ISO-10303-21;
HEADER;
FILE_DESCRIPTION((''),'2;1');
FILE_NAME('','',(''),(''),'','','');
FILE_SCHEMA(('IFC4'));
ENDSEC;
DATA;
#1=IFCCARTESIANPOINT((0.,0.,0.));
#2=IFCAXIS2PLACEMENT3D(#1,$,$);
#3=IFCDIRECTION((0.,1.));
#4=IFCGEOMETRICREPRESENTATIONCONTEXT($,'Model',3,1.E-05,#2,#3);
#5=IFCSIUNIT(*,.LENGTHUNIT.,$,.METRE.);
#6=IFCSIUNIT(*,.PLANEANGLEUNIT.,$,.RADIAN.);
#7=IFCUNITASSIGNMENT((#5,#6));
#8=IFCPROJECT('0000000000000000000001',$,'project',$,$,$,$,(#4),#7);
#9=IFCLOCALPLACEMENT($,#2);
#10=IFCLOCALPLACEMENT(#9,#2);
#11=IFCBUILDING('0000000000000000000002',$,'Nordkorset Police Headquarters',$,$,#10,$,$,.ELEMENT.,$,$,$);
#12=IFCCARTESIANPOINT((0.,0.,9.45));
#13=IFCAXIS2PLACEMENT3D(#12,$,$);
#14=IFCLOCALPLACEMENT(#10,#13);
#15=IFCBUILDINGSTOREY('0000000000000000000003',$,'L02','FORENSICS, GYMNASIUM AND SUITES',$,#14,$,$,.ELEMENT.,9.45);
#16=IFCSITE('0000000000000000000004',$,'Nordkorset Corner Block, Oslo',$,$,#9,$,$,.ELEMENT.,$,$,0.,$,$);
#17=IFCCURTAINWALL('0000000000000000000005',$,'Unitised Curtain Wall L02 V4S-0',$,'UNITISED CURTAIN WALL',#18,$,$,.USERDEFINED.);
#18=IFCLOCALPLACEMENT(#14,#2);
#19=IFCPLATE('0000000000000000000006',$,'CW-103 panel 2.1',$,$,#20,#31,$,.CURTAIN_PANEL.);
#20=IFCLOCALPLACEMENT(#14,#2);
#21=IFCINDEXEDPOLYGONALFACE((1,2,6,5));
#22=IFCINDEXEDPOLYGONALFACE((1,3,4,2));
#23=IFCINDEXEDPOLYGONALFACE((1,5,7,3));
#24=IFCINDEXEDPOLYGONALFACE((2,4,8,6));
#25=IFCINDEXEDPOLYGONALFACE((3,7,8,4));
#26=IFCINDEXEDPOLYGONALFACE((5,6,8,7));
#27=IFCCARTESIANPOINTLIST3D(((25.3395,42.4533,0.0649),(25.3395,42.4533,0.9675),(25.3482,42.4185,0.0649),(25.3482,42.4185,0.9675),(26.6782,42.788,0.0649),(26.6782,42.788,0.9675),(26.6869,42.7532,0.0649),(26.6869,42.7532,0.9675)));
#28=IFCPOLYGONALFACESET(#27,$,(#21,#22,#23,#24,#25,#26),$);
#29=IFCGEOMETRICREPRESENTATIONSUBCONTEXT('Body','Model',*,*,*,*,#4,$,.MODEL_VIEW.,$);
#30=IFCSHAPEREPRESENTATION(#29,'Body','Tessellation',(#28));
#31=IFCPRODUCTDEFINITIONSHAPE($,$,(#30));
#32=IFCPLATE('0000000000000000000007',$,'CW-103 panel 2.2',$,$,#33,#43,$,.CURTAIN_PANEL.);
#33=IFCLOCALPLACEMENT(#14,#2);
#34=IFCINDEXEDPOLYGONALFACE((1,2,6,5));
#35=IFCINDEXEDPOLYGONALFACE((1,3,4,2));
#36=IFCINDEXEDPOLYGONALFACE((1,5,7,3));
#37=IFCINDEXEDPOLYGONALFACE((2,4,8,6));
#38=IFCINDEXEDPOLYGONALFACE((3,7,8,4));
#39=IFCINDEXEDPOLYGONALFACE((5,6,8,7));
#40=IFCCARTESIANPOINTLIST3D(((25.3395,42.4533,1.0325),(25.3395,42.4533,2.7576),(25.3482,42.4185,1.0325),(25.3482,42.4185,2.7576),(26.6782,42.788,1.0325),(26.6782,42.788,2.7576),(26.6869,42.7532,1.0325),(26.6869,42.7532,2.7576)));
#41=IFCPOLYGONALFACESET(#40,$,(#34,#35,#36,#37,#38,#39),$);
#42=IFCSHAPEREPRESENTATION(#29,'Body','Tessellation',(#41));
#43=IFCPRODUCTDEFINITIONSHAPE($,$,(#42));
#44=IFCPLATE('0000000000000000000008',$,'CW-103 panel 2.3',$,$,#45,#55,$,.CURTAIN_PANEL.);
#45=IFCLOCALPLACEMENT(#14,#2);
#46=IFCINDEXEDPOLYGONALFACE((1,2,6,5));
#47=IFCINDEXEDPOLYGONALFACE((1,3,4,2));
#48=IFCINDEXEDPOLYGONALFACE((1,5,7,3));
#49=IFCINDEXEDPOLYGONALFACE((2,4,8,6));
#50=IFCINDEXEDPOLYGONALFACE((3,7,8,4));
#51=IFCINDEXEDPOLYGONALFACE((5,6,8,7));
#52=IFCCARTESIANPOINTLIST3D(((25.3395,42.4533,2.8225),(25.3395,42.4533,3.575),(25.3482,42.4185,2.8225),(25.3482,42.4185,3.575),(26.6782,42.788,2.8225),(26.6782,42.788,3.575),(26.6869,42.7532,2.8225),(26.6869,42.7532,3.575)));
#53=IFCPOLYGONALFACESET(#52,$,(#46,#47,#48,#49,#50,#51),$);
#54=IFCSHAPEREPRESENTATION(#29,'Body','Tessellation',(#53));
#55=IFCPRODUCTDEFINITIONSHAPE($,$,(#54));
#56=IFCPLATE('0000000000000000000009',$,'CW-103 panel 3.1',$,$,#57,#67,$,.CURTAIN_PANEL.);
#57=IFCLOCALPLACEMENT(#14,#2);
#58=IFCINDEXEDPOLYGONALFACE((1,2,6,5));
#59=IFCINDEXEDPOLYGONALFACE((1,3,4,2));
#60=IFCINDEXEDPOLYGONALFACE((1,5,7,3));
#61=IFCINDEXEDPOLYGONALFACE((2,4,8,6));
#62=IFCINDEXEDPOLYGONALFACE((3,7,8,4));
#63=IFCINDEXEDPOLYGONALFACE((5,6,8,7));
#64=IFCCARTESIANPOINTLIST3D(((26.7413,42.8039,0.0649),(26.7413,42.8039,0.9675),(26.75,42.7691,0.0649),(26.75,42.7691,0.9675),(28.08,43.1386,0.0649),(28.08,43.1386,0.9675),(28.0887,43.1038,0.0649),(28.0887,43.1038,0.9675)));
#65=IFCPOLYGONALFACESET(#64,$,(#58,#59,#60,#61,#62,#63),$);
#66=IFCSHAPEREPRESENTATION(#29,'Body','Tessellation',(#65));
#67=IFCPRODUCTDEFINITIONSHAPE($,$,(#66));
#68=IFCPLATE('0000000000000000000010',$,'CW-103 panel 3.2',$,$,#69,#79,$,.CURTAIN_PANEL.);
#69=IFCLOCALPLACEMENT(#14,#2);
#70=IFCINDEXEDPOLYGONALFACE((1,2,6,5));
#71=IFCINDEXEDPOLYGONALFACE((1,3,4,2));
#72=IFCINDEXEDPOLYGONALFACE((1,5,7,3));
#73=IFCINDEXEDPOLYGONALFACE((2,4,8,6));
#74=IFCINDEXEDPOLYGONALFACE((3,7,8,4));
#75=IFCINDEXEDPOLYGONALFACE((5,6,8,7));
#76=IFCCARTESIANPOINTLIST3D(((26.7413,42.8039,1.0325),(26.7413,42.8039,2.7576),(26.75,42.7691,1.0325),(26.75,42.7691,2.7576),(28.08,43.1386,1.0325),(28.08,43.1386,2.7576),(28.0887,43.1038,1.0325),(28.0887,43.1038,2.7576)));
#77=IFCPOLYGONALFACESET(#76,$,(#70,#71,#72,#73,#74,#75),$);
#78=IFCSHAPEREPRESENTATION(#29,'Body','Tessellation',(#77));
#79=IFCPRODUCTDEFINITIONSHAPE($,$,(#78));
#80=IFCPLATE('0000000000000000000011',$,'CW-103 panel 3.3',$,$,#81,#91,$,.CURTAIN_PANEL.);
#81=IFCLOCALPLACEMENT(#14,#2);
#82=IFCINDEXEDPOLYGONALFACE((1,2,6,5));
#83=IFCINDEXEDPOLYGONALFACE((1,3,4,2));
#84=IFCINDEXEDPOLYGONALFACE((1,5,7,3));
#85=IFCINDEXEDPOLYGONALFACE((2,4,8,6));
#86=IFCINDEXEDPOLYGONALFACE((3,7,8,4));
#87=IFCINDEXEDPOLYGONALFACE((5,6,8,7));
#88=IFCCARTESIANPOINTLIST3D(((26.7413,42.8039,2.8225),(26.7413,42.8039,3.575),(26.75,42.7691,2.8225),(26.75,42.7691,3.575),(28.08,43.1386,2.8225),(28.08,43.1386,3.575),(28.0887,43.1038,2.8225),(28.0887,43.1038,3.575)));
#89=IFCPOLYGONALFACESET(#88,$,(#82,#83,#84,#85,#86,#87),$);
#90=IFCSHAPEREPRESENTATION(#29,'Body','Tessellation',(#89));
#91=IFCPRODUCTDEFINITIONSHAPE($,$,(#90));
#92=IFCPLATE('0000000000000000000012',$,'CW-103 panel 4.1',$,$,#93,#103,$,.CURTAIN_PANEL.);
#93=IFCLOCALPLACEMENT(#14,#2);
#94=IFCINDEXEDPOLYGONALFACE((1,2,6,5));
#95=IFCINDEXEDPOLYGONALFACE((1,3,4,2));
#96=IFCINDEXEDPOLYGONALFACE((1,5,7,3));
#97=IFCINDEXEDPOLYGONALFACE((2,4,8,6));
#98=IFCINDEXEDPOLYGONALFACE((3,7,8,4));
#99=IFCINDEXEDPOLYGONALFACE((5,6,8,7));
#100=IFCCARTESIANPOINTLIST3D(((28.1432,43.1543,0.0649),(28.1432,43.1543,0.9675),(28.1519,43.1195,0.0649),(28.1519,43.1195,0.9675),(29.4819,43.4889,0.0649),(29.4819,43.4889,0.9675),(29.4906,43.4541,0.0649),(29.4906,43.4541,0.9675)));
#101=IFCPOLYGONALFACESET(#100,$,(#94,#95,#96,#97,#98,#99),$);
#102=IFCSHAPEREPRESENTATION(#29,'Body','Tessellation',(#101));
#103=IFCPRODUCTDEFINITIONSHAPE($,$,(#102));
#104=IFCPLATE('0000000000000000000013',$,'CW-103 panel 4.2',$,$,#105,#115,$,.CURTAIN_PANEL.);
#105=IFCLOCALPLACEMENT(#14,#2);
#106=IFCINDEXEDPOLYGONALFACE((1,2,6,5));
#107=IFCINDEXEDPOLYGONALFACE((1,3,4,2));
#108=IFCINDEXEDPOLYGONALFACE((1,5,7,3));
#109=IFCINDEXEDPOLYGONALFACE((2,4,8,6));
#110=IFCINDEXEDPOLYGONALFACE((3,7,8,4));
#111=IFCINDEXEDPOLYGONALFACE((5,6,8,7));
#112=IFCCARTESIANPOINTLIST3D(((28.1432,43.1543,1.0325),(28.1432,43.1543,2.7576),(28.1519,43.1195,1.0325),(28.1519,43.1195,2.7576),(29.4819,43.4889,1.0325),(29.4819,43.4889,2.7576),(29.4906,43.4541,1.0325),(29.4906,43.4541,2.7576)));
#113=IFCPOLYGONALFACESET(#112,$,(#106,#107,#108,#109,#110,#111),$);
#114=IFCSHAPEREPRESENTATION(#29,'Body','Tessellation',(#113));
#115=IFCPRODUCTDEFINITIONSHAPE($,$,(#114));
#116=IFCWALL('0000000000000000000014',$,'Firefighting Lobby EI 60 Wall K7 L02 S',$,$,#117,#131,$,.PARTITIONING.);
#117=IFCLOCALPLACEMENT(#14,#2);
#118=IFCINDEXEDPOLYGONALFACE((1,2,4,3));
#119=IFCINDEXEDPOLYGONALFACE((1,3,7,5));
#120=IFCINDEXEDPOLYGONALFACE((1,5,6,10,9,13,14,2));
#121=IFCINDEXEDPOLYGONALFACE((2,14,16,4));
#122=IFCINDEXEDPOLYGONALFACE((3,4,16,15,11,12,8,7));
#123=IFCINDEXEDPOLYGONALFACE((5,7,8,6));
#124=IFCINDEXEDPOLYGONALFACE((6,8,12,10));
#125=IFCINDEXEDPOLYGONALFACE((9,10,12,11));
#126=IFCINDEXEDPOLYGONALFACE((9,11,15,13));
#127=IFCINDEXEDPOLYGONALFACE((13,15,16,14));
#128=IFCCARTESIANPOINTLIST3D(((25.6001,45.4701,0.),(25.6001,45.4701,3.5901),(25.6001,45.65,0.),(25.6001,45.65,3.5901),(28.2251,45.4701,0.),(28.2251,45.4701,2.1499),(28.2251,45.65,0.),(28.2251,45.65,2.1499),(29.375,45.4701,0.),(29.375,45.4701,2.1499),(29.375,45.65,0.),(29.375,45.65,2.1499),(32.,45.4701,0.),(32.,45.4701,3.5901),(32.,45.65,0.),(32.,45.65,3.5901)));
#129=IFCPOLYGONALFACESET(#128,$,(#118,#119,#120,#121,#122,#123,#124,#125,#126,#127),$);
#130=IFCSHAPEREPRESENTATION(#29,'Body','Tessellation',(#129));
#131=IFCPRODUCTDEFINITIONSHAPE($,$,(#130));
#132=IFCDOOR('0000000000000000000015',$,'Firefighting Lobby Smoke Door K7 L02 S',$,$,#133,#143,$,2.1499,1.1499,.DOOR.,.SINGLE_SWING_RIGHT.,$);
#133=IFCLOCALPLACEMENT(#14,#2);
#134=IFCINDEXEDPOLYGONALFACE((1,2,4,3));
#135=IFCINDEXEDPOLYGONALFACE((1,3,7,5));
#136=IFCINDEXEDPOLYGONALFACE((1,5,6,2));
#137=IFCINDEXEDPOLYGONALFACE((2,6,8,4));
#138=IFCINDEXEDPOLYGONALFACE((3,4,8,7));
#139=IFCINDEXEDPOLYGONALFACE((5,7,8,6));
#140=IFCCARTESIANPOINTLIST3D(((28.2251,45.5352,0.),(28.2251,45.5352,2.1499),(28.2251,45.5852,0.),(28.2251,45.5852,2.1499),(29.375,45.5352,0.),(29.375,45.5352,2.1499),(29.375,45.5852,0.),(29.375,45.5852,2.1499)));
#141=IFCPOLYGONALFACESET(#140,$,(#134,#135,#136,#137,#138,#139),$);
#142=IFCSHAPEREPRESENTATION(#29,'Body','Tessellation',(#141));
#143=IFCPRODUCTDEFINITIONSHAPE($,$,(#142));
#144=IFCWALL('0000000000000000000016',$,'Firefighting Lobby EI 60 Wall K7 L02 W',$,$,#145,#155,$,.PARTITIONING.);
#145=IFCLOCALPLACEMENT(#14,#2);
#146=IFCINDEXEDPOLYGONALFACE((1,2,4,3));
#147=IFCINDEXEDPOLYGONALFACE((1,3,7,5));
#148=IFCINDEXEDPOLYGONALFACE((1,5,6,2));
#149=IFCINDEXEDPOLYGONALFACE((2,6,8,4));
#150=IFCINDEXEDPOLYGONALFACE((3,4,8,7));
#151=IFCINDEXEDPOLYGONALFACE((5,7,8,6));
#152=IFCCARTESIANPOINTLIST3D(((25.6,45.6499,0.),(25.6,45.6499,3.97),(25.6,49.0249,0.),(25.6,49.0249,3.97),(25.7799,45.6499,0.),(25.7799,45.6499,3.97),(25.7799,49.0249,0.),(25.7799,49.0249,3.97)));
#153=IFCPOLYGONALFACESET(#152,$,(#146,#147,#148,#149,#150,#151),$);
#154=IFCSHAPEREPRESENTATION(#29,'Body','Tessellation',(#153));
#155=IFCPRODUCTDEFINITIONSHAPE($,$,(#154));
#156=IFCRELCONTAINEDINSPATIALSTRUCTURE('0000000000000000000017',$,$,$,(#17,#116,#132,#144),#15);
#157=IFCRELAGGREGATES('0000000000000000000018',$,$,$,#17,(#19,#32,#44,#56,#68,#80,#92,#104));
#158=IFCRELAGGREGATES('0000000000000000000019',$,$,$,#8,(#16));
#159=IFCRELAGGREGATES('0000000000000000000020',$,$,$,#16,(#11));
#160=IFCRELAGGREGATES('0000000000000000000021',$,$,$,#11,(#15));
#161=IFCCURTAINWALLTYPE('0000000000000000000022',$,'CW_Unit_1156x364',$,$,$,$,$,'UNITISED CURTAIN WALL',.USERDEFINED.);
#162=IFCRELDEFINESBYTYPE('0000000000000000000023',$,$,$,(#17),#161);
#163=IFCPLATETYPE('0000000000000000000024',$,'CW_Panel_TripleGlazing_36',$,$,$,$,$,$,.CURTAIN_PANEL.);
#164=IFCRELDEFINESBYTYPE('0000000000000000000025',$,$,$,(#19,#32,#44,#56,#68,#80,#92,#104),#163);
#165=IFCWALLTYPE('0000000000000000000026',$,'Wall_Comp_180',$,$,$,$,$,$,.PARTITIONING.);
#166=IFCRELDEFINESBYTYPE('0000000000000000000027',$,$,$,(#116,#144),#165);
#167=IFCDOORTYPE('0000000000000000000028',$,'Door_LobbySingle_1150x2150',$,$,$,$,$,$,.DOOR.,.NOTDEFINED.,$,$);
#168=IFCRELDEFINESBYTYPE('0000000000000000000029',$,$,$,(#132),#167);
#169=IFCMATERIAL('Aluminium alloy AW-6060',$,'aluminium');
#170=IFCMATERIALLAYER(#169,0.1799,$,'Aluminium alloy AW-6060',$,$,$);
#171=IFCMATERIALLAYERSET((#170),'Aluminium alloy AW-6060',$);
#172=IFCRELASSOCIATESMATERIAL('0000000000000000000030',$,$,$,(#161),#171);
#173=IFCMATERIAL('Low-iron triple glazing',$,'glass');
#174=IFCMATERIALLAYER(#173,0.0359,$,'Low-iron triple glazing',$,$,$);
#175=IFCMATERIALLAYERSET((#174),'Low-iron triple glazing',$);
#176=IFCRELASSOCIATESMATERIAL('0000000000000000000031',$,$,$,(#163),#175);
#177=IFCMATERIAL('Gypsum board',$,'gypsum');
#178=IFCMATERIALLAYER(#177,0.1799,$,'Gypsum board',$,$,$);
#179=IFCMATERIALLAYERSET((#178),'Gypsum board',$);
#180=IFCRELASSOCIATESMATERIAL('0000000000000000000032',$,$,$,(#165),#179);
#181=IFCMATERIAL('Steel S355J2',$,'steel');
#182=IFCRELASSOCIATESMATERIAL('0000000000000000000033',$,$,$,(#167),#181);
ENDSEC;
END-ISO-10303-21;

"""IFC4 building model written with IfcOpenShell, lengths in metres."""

from ifc_helpers import new_model, si_unit, direction, frame, frame_2d, origin, origin_2d, place, context, subcontext, project, spatial, rectangle, extrude, material, layer, layer_set, type_object, element, fill, aggregate, save


model = new_model("IFC4")

# Units and contexts
model_context = context("Model", 3, precision=1e-05, world=origin(), true_north=direction((0.0, 1.0)))
body_context = subcontext(model_context, "Body", "Model", "MODEL_VIEW")
ifc_project = project(units=[si_unit("LENGTHUNIT", "METRE"), si_unit("PLANEANGLEUNIT", "RADIAN")], contexts=[model_context])

# Site, building, storey
site_placement = place(None, origin())
site = spatial("IfcSite", under=ifc_project, at=site_placement, Name="Nordkorset Corner Block, Oslo", CompositionType="ELEMENT", RefElevation=0.0)
building_placement = place(site_placement, origin())
building = spatial("IfcBuilding", under=site, at=building_placement, Name="Nordkorset Police Headquarters", CompositionType="ELEMENT")
storey_placement = place(building_placement, frame((0.0, 0.0, 9.45)))
storey = spatial("IfcBuildingStorey", under=building, at=storey_placement, Name="L02", Description="FORENSICS, GYMNASIUM AND SUITES", CompositionType="ELEMENT", Elevation=9.45)

# Curtain wall, plates
ifc_material_1 = material(Name="Aluminium alloy AW-6060", Category="aluminium")
ifc_layer_1 = layer(ifc_material_1, 0.1799, Name="Aluminium alloy AW-6060")
ifc_layer_set_1 = layer_set([ifc_layer_1], Name="Aluminium alloy AW-6060")
curtain_wall_type = type_object("IfcCurtainWallType", Name="CW_Unit_1156x364", ElementType="UNITISED CURTAIN WALL", PredefinedType="USERDEFINED", material=ifc_layer_set_1)
curtain_wall_placement = place(storey_placement, origin())
curtain_wall = element("IfcCurtainWall", 1, at=curtain_wall_placement, inside=storey, type_object=curtain_wall_type, Name="Unitised Curtain Wall L02 V4S-0", ObjectType="UNITISED CURTAIN WALL", PredefinedType="USERDEFINED")
ifc_material_2 = material(Name="Low-iron triple glazing", Category="glass")
ifc_layer_2 = layer(ifc_material_2, 0.0359, Name="Low-iron triple glazing")
ifc_layer_set_2 = layer_set([ifc_layer_2], Name="Low-iron triple glazing")
plate_type = type_object("IfcPlateType", Name="CW_Panel_TripleGlazing_36", PredefinedType="CURTAIN_PANEL", material=ifc_layer_set_2)
plate_1_placement = place(storey_placement, frame((26.0132, 42.6033, 0.0649), z_axis=(0.0, 0.0, 1.0), x_axis=(0.970143, 0.242536, 0.0)))
plate_1 = element("IfcPlate", 2, at=plate_1_placement, type_object=plate_type, Name="CW-103 panel 2.1", PredefinedType="CURTAIN_PANEL", context=body_context, shape_type="SweptSolid", body=[
    extrude(rectangle(XDim=1.3799, YDim=0.0359, at=origin_2d()), origin(), (0.0, 0.0, 1.0), 0.9026),
])
plate_2_placement = place(storey_placement, frame((26.0132, 42.6033, 1.0325), z_axis=(0.0, 0.0, 1.0), x_axis=(0.970143, 0.242536, 0.0)))
plate_2 = element("IfcPlate", 3, at=plate_2_placement, type_object=plate_type, Name="CW-103 panel 2.2", PredefinedType="CURTAIN_PANEL", context=body_context, shape_type="SweptSolid", body=[
    extrude(rectangle(XDim=1.3799, YDim=0.0359, at=origin_2d()), origin(), (0.0, 0.0, 1.0), 1.7251),
])
plate_3_placement = place(storey_placement, frame((26.0132, 42.6033, 2.8225), z_axis=(0.0, 0.0, 1.0), x_axis=(0.970143, 0.242536, 0.0)))
plate_3 = element("IfcPlate", 4, at=plate_3_placement, type_object=plate_type, Name="CW-103 panel 2.3", PredefinedType="CURTAIN_PANEL", context=body_context, shape_type="SweptSolid", body=[
    extrude(rectangle(XDim=1.3799, YDim=0.0359, at=origin_2d()), origin(), (0.0, 0.0, 1.0), 0.7524),
])
plate_4_placement = place(storey_placement, frame((27.415, 42.9539, 0.0649), z_axis=(0.0, 0.0, 1.0), x_axis=(0.970143, 0.242536, 0.0)))
plate_4 = element("IfcPlate", 5, at=plate_4_placement, type_object=plate_type, Name="CW-103 panel 3.1", PredefinedType="CURTAIN_PANEL", context=body_context, shape_type="SweptSolid", body=[
    extrude(rectangle(XDim=1.3799, YDim=0.0359, at=origin_2d()), origin(), (0.0, 0.0, 1.0), 0.9026),
])
plate_5_placement = place(storey_placement, frame((27.415, 42.9539, 1.0325), z_axis=(0.0, 0.0, 1.0), x_axis=(0.970143, 0.242536, 0.0)))
plate_5 = element("IfcPlate", 6, at=plate_5_placement, type_object=plate_type, Name="CW-103 panel 3.2", PredefinedType="CURTAIN_PANEL", context=body_context, shape_type="SweptSolid", body=[
    extrude(rectangle(XDim=1.3799, YDim=0.0359, at=origin_2d()), origin(), (0.0, 0.0, 1.0), 1.7251),
])
plate_6_placement = place(storey_placement, frame((27.415, 42.9539, 2.8225), z_axis=(0.0, 0.0, 1.0), x_axis=(0.970143, 0.242536, 0.0)))
plate_6 = element("IfcPlate", 7, at=plate_6_placement, type_object=plate_type, Name="CW-103 panel 3.3", PredefinedType="CURTAIN_PANEL", context=body_context, shape_type="SweptSolid", body=[
    extrude(rectangle(XDim=1.3799, YDim=0.0359, at=origin_2d()), origin(), (0.0, 0.0, 1.0), 0.7524),
])
plate_7_placement = place(storey_placement, frame((28.8169, 43.3042, 0.0649), z_axis=(0.0, 0.0, 1.0), x_axis=(0.970143, 0.242536, 0.0)))
plate_7 = element("IfcPlate", 8, at=plate_7_placement, type_object=plate_type, Name="CW-103 panel 4.1", PredefinedType="CURTAIN_PANEL", context=body_context, shape_type="SweptSolid", body=[
    extrude(rectangle(XDim=1.3799, YDim=0.0359, at=origin_2d()), origin(), (0.0, 0.0, 1.0), 0.9026),
])
plate_8_placement = place(storey_placement, frame((28.8169, 43.3042, 1.0325), z_axis=(0.0, 0.0, 1.0), x_axis=(0.970143, 0.242536, 0.0)))
plate_8 = element("IfcPlate", 9, at=plate_8_placement, type_object=plate_type, Name="CW-103 panel 4.2", PredefinedType="CURTAIN_PANEL", context=body_context, shape_type="SweptSolid", body=[
    extrude(rectangle(XDim=1.3799, YDim=0.0359, at=origin_2d()), origin(), (0.0, 0.0, 1.0), 1.7251),
])
aggregate(curtain_wall, [plate_1, plate_2, plate_3, plate_4, plate_5, plate_6, plate_7, plate_8])

# Wall, opening, door
ifc_material_3 = material(Name="Gypsum board", Category="gypsum")
ifc_layer_3 = layer(ifc_material_3, 0.1799, Name="Gypsum board")
ifc_layer_set_3 = layer_set([ifc_layer_3], Name="Gypsum board")
wall_type = type_object("IfcWallType", Name="Wall_Comp_180", PredefinedType="PARTITIONING", material=ifc_layer_set_3)
wall_1_placement = place(storey_placement, frame((25.6001, 45.5601, 0.0), z_axis=(0.0, 0.0, 1.0), x_axis=(1.0, 0.0, 0.0)))
wall_1 = element("IfcWall", 10, at=wall_1_placement, inside=storey, type_object=wall_type, Name="Firefighting Lobby EI 60 Wall K7 L02 S", PredefinedType="PARTITIONING", context=body_context, shape_type="SweptSolid", body=[
    extrude(rectangle(XDim=6.3999, YDim=0.1799, at=frame_2d((3.2, 0.0))), origin(), (0.0, 0.0, 1.0), 3.5901),
])
opening_placement = place(wall_1_placement, frame((2.625, 0.0, 0.0)))
opening = element("IfcOpeningElement", 11, at=opening_placement, cuts=wall_1, PredefinedType="OPENING", context=body_context, shape_type="SweptSolid", body=[
    extrude(rectangle(XDim=1.1499, YDim=2.1499, at=frame_2d((0.575, 1.075))), frame((0.0, 0.1001, 0.0), z_axis=(0.0, -1.0, 0.0), x_axis=(1.0, 0.0, 0.0)), (0.0, 0.0, 1.0), 0.2),
])
ifc_material_4 = material(Name="Steel S355J2", Category="steel")
door_type = type_object("IfcDoorType", Name="Door_LobbySingle_1150x2150", OperationType="NOTDEFINED", PredefinedType="DOOR", material=ifc_material_4)
door_placement = place(opening_placement, frame((1.1499, 0.0, 0.0), z_axis=(0.0, 0.0, 1.0), x_axis=(-1.0, 0.0, 0.0)))
door = element("IfcDoor", 12, at=door_placement, inside=storey, type_object=door_type, Name="Firefighting Lobby Smoke Door K7 L02 S", OperationType="SINGLE_SWING_RIGHT", OverallHeight=2.1499, OverallWidth=1.1499, PredefinedType="DOOR", context=body_context, shape_type="SweptSolid", body=[
    extrude(rectangle(XDim=1.1499, YDim=2.1499, at=frame_2d((0.575, 1.075))), frame((0.0, 0.0249, 0.0), z_axis=(0.0, -1.0, 0.0), x_axis=(1.0, 0.0, 0.0)), (0.0, 0.0, 1.0), 0.05),
])
fill(opening, door)

# Wall
wall_2_placement = place(storey_placement, frame((25.6899, 45.6499, 0.0), z_axis=(0.0, 0.0, 1.0), x_axis=(0.0, 1.0, 0.0)))
element("IfcWall", 13, at=wall_2_placement, inside=storey, type_object=wall_type, Name="Firefighting Lobby EI 60 Wall K7 L02 W", PredefinedType="PARTITIONING", context=body_context, shape_type="SweptSolid", body=[
    extrude(rectangle(XDim=3.375, YDim=0.1799, at=frame_2d((1.6875, 0.0))), origin(), (0.0, 0.0, 1.0), 3.97),
])

save(model, "model.ifc")
